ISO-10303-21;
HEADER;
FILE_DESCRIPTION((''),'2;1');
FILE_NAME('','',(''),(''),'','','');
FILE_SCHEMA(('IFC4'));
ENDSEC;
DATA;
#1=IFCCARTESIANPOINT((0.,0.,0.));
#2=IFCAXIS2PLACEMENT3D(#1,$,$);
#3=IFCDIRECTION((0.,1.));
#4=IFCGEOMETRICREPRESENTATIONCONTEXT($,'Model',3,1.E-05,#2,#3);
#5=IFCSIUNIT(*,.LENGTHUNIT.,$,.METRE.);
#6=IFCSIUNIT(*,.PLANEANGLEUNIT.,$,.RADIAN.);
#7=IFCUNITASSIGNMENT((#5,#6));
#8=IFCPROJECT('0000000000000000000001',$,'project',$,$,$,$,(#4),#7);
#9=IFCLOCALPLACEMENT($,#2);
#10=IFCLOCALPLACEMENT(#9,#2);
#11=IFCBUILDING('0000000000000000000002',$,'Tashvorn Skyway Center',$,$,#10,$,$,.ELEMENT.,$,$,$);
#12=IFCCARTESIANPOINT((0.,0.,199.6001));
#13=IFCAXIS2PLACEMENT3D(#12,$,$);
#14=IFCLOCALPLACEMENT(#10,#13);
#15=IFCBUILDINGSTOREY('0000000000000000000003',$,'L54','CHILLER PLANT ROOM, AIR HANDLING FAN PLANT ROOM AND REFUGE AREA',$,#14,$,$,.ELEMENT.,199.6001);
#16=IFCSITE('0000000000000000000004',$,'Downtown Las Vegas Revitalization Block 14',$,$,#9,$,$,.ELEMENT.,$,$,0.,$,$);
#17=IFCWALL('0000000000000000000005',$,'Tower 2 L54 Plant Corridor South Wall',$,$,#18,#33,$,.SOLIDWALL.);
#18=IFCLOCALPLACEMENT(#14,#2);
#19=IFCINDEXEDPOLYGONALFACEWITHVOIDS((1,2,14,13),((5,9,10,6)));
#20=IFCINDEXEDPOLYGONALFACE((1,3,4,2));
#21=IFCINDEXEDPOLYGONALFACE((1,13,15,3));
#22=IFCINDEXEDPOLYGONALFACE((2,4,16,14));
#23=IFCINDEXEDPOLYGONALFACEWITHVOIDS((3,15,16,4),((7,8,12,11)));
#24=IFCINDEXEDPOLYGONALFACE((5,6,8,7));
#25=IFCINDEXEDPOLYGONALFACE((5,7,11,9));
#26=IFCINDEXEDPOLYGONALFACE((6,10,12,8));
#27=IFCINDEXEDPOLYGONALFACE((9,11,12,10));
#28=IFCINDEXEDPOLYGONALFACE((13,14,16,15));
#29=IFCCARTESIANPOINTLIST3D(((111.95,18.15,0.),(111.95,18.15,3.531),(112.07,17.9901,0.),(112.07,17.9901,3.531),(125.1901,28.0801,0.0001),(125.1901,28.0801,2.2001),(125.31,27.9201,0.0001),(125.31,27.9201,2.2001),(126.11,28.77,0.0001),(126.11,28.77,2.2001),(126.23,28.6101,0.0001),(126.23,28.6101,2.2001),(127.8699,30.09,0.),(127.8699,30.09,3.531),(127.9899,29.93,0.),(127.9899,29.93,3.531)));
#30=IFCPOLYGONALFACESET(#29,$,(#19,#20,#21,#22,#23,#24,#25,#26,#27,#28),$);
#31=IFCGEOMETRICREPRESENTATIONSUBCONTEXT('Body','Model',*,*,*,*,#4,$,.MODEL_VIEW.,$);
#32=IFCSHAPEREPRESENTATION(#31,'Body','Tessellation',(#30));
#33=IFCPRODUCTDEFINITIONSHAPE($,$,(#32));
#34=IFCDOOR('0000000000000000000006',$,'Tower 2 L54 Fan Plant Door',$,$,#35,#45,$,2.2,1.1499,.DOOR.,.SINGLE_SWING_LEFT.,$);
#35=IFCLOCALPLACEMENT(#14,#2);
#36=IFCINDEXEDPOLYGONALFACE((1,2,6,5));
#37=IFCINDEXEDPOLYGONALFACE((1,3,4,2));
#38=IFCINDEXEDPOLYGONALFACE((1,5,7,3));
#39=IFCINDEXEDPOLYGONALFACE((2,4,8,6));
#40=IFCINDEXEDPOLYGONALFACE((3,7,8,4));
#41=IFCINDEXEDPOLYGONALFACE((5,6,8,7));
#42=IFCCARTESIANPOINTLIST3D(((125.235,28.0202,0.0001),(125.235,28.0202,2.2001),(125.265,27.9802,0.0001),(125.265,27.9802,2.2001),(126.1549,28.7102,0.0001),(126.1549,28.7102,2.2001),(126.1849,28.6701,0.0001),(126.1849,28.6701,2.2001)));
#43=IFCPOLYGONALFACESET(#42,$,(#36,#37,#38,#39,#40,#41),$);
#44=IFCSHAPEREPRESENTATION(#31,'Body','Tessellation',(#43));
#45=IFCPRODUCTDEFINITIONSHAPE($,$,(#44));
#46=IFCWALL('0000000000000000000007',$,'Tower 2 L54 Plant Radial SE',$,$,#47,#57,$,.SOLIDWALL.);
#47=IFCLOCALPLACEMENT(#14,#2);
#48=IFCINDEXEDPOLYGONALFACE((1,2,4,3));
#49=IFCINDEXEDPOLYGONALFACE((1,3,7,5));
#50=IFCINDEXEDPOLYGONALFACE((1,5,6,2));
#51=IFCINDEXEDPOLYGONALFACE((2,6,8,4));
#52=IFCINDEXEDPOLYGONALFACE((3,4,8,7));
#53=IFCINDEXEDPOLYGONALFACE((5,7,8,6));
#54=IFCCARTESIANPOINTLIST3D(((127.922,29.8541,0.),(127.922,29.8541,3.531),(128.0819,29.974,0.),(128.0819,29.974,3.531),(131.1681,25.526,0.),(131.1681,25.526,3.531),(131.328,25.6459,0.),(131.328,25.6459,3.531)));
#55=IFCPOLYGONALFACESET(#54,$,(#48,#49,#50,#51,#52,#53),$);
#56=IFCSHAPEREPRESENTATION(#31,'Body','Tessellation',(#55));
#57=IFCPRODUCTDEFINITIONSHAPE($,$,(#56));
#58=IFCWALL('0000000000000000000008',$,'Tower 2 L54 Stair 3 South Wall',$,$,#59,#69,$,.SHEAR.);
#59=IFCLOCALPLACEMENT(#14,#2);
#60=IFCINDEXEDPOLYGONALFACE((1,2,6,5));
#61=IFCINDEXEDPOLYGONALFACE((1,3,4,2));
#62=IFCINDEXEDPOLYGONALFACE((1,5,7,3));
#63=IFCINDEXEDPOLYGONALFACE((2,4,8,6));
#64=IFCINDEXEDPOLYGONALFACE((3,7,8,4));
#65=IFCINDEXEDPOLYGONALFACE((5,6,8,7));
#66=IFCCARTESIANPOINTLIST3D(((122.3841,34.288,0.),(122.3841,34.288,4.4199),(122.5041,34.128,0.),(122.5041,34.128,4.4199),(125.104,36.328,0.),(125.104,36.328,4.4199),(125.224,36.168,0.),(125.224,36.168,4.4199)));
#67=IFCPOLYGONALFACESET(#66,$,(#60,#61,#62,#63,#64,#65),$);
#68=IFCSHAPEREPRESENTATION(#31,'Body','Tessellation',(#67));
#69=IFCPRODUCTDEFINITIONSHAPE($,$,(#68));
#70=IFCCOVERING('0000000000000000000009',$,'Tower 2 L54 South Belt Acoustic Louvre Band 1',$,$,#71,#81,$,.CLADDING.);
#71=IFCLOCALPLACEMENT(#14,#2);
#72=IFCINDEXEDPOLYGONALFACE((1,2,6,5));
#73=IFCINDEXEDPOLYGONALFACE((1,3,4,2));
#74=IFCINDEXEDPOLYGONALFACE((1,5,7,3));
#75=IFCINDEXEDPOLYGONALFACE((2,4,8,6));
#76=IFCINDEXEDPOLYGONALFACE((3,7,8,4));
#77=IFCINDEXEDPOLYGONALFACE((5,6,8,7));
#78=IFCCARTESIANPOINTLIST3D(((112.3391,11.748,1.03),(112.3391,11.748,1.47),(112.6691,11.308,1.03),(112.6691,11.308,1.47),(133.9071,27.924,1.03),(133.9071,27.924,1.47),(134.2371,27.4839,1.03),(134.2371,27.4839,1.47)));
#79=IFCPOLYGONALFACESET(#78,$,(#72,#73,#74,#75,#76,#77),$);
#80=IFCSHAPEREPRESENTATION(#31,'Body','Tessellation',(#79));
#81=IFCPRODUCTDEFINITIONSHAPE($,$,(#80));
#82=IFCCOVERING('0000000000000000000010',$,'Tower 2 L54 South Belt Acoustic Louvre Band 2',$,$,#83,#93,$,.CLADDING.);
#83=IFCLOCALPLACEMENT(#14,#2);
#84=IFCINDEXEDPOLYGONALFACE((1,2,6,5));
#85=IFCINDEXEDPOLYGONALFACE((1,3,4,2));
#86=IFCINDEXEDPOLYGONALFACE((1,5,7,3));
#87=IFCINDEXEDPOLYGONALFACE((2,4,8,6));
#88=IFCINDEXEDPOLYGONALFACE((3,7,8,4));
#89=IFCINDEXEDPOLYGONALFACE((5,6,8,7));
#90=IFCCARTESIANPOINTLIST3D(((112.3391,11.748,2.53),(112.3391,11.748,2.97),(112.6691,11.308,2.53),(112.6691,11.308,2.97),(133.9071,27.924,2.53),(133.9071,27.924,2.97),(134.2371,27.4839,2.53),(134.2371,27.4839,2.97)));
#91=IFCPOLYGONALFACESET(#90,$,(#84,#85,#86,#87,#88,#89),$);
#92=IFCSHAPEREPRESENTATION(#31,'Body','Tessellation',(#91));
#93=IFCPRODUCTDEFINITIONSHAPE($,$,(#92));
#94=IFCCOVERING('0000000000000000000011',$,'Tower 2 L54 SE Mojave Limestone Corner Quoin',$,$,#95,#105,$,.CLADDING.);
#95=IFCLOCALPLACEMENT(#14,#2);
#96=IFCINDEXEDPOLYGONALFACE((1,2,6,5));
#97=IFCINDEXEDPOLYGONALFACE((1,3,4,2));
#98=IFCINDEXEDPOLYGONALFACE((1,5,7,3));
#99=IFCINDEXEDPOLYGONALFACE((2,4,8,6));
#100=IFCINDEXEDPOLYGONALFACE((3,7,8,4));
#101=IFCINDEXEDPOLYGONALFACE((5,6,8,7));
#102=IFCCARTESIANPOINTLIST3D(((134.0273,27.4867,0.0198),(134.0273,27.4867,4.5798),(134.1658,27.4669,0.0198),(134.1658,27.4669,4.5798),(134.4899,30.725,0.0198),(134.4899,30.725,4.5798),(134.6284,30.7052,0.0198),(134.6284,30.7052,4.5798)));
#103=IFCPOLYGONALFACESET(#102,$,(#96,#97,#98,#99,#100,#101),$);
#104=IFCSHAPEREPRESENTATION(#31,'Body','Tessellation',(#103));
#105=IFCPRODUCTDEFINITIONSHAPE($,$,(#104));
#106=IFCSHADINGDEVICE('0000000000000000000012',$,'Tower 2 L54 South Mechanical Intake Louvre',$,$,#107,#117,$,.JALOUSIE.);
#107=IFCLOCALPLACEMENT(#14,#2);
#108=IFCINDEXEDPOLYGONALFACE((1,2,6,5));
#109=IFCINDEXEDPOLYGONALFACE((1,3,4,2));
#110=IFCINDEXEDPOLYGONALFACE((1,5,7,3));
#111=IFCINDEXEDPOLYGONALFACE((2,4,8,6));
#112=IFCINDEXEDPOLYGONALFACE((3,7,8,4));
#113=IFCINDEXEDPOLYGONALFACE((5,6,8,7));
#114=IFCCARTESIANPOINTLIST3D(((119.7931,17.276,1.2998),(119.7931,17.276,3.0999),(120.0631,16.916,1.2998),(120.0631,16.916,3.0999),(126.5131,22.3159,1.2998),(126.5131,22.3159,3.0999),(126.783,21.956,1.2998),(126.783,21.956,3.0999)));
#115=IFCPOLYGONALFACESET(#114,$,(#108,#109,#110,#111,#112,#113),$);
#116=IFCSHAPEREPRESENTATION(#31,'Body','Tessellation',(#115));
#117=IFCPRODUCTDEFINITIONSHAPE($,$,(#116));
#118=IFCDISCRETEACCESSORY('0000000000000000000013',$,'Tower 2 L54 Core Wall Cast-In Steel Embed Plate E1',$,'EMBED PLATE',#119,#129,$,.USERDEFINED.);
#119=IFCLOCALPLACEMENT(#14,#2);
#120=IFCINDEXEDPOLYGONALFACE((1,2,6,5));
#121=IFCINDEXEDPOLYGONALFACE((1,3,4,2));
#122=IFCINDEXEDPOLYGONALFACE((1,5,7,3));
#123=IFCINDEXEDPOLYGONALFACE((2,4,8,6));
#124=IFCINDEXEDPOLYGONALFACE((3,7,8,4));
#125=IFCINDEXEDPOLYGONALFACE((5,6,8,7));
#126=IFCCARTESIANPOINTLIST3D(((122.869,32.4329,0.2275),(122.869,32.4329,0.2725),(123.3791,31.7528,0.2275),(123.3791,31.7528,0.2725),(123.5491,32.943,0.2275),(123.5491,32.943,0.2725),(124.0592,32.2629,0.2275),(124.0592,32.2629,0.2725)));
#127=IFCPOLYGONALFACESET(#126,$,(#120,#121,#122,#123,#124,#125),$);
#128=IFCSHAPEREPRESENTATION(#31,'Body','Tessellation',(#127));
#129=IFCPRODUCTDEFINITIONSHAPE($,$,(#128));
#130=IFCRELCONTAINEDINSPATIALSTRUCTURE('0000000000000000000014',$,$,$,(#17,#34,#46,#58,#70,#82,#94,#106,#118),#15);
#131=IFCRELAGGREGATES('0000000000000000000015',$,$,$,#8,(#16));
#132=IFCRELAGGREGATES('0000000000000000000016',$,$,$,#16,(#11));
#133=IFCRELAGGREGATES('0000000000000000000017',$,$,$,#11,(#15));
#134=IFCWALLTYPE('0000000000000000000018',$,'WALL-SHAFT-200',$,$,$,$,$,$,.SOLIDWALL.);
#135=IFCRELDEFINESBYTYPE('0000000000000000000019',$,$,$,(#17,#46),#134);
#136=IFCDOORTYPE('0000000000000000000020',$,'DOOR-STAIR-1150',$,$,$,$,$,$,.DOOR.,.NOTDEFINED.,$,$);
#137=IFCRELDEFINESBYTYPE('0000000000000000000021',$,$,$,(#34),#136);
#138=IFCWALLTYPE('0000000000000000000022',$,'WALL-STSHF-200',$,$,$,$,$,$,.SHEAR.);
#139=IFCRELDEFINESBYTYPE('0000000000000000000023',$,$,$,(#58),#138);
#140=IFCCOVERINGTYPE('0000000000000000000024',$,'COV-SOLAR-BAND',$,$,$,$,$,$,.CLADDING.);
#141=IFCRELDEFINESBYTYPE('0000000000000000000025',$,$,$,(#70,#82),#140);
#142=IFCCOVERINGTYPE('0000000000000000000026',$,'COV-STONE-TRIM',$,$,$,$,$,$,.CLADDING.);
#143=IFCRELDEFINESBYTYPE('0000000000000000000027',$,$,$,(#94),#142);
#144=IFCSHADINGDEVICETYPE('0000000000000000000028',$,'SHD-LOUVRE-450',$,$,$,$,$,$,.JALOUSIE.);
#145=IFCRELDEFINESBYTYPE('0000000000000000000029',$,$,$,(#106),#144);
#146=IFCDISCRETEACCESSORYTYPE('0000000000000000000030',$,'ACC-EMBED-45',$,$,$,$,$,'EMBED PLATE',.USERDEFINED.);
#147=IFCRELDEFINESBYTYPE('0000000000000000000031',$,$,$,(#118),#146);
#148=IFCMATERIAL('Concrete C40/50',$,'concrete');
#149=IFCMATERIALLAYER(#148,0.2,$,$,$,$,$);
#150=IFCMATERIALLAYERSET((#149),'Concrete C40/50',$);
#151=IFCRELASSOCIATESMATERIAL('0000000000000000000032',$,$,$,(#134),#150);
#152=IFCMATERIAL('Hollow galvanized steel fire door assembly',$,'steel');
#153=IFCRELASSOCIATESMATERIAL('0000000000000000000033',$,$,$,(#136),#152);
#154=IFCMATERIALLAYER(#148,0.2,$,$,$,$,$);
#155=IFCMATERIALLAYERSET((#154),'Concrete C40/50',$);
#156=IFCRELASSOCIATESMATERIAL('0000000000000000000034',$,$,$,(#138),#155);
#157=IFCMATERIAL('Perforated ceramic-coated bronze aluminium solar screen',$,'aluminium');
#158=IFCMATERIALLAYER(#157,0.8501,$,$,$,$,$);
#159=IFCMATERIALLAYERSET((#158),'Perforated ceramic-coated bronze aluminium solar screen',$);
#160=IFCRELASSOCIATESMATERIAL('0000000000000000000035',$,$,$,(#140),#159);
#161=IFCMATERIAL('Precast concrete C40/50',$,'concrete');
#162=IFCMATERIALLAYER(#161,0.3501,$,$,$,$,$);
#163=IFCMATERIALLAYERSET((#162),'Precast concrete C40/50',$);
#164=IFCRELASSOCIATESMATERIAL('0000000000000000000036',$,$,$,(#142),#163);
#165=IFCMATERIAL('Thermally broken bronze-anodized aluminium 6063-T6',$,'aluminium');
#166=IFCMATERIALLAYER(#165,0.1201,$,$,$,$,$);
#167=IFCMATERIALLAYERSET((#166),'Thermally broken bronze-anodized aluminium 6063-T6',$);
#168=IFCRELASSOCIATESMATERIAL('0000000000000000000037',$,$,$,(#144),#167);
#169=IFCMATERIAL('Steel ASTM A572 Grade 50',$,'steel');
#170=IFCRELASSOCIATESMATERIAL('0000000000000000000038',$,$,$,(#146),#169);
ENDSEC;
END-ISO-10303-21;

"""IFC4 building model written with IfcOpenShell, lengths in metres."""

from ifc_helpers import new_model, si_unit, direction, frame, frame_2d, origin, origin_2d, place, context, subcontext, project, spatial, rectangle, extrude, material, layer, layer_set, type_object, element, fill, save


model = new_model("IFC4")

# Units and contexts
model_context = context("Model", 3, precision=1e-05, world=origin(), true_north=direction((0.0, 1.0)))
body_context = subcontext(model_context, "Body", "Model", "MODEL_VIEW")
ifc_project = project(units=[si_unit("LENGTHUNIT", "METRE"), si_unit("PLANEANGLEUNIT", "RADIAN")], contexts=[model_context])

# Site, building, storey
site_placement = place(None, origin())
site = spatial("IfcSite", under=ifc_project, at=site_placement, Name="Downtown Las Vegas Revitalization Block 14", CompositionType="ELEMENT", RefElevation=0.0)
building_placement = place(site_placement, origin())
building = spatial("IfcBuilding", under=site, at=building_placement, Name="Tashvorn Skyway Center", CompositionType="ELEMENT")
storey_placement = place(building_placement, frame((0.0, 0.0, 199.6001)))
storey = spatial("IfcBuildingStorey", under=building, at=storey_placement, Name="L54", Description="CHILLER PLANT ROOM, AIR HANDLING FAN PLANT ROOM AND REFUGE AREA", CompositionType="ELEMENT", Elevation=199.6001)

# Shared definitions
ifc_material_1 = material(Name="Steel ASTM A572 Grade 50", Category="steel")

# Shared definitions
ifc_material_2 = material(Name="Hollow galvanized steel fire door assembly", Category="steel")

# Shared definitions
ifc_material_3 = material(Name="Precast concrete C40/50", Category="concrete")

# Wall, opening, door
ifc_material_4 = material(Name="Concrete C40/50", Category="concrete")
ifc_layer_1 = layer(ifc_material_4, 0.2)
ifc_layer_set_1 = layer_set([ifc_layer_1], Name="Concrete C40/50")
wall_type_1 = type_object("IfcWallType", Name="WALL-SHAFT-200", PredefinedType="SOLIDWALL", material=ifc_layer_set_1)
wall_1_placement = place(storey_placement, frame((127.9299, 30.01, 0.0), z_axis=(0.0, 0.0, 1.0), x_axis=(-0.8, -0.6, 0.0)))
wall_1 = element("IfcWall", 1, at=wall_1_placement, inside=storey, type_object=wall_type_1, Name="Tower 2 L54 Plant Corridor South Wall", PredefinedType="SOLIDWALL", context=body_context, shape_type="SweptSolid", body=[
    extrude(rectangle(XDim=19.8999, YDim=0.2, at=frame_2d((9.95, 0.0))), origin(), (0.0, 0.0, 1.0), 3.531),
])
opening_1_placement = place(wall_1_placement, frame((2.2, 0.0, 0.0)))
opening_1 = element("IfcOpeningElement", 2, at=opening_1_placement, cuts=wall_1, PredefinedType="OPENING", context=body_context, shape_type="SweptSolid", body=[
    extrude(rectangle(XDim=1.1499, YDim=2.2, at=frame_2d((0.575, 1.1001))), frame((0.0, 0.1099, 0.0), z_axis=(0.0, -1.0, 0.0), x_axis=(1.0, 0.0, 0.0)), (0.0, 0.0, 1.0), 0.22),
])
door_type_1 = type_object("IfcDoorType", Name="DOOR-STAIR-1150", OperationType="NOTDEFINED", PredefinedType="DOOR", material=ifc_material_2)
door_1_placement = place(opening_1_placement, origin())
door_1 = element("IfcDoor", 3, at=door_1_placement, inside=storey, type_object=door_type_1, Name="Tower 2 L54 Fan Plant Door", OperationType="SINGLE_SWING_LEFT", OverallHeight=2.2, OverallWidth=1.1499, PredefinedType="DOOR", context=body_context, shape_type="SweptSolid", body=[
    extrude(rectangle(XDim=1.1499, YDim=2.2, at=frame_2d((0.575, 1.1001))), frame((0.0, 0.0249, 0.0), z_axis=(0.0, -1.0, 0.0), x_axis=(1.0, 0.0, 0.0)), (0.0, 0.0, 1.0), 0.05),
])
fill(opening_1, door_1)

# Walls
wall_2_placement = place(storey_placement, frame((128.002, 29.9141, 0.0), z_axis=(0.0, 0.0, 1.0), x_axis=(0.6, -0.8, 0.0)))
element("IfcWall", 4, at=wall_2_placement, inside=storey, type_object=wall_type_1, Name="Tower 2 L54 Plant Radial SE", PredefinedType="SOLIDWALL", context=body_context, shape_type="SweptSolid", body=[
    extrude(rectangle(XDim=5.4102, YDim=0.2, at=frame_2d((2.7051, 0.0))), origin(), (0.0, 0.0, 1.0), 3.531),
])
ifc_layer_2 = layer(ifc_material_4, 0.2)
ifc_layer_set_2 = layer_set([ifc_layer_2], Name="Concrete C40/50")
wall_type_2 = type_object("IfcWallType", Name="WALL-STSHF-200", PredefinedType="SHEAR", material=ifc_layer_set_2)
wall_3_placement = place(storey_placement, frame((122.4441, 34.208, 0.0), z_axis=(0.0, 0.0, 1.0), x_axis=(0.799991, 0.600011, 0.0)))
element("IfcWall", 5, at=wall_3_placement, inside=storey, type_object=wall_type_2, Name="Tower 2 L54 Stair 3 South Wall", PredefinedType="SHEAR", context=body_context, shape_type="SweptSolid", body=[
    extrude(rectangle(XDim=3.3999, YDim=0.2, at=frame_2d((1.7, 0.0))), origin(), (0.0, 0.0, 1.0), 4.4199),
])

# Coverings
ifc_material_5 = material(Name="Perforated ceramic-coated bronze aluminium solar screen", Category="aluminium")
ifc_layer_3 = layer(ifc_material_5, 0.8501)
ifc_layer_set_3 = layer_set([ifc_layer_3], Name="Perforated ceramic-coated bronze aluminium solar screen")
covering_type_1 = type_object("IfcCoveringType", Name="COV-SOLAR-BAND", PredefinedType="CLADDING", material=ifc_layer_set_3)
for number, where, z_axis, x_axis, name in (
    (6, (123.2881, 19.616, 1.03), (0.0, 0.0, 1.0), (-0.8, -0.6, 0.0), "Tower 2 L54 South Belt Acoustic Louvre Band 1"),
    (7, (123.2881, 19.616, 2.53), (0.0, 0.0, 1.0), (-0.8, -0.6, 0.0), "Tower 2 L54 South Belt Acoustic Louvre Band 2"),
):
    element("IfcCovering", number, at=place(storey_placement, frame(where, z_axis=z_axis, x_axis=x_axis)), inside=storey, type_object=covering_type_1, Name=name, PredefinedType="CLADDING", context=body_context, shape_type="SweptSolid", body=[
        extrude(rectangle(XDim=26.96, YDim=0.55, at=origin_2d()), origin(), (0.0, 0.0, 1.0), 0.4399),
    ])
ifc_layer_4 = layer(ifc_material_3, 0.3501)
ifc_layer_set_4 = layer_set([ifc_layer_4], Name="Precast concrete C40/50")
covering_type_2 = type_object("IfcCoveringType", Name="COV-STONE-TRIM", PredefinedType="CLADDING", material=ifc_layer_set_4)
covering_placement = place(storey_placement, frame((134.3279, 29.0959, 0.0198), z_axis=(0.0, 0.0, 1.0), x_axis=(0.141421, 0.989949, 0.0)))
element("IfcCovering", 8, at=covering_placement, inside=storey, type_object=covering_type_2, Name="Tower 2 L54 SE Mojave Limestone Corner Quoin", PredefinedType="CLADDING", context=body_context, shape_type="SweptSolid", body=[
    extrude(rectangle(XDim=3.2712, YDim=0.1399, at=origin_2d()), origin(), (0.0, 0.0, 1.0), 4.5601),
])

# Shading device
ifc_material_6 = material(Name="Thermally broken bronze-anodized aluminium 6063-T6", Category="aluminium")
ifc_layer_5 = layer(ifc_material_6, 0.1201)
ifc_layer_set_5 = layer_set([ifc_layer_5], Name="Thermally broken bronze-anodized aluminium 6063-T6")
shading_device_type = type_object("IfcShadingDeviceType", Name="SHD-LOUVRE-450", PredefinedType="JALOUSIE", material=ifc_layer_set_5)
shading_device_placement = place(storey_placement, frame((123.2881, 19.616, 1.2998), z_axis=(0.0, 0.0, 1.0), x_axis=(-0.8, -0.6, 0.0)))
element("IfcShadingDevice", 9, at=shading_device_placement, inside=storey, type_object=shading_device_type, Name="Tower 2 L54 South Mechanical Intake Louvre", PredefinedType="JALOUSIE", context=body_context, shape_type="SweptSolid", body=[
    extrude(rectangle(XDim=8.3999, YDim=0.45, at=origin_2d()), origin(), (0.0, 0.0, 1.0), 1.8),
])

# Discrete accessory
discrete_accessory_type = type_object("IfcDiscreteAccessoryType", Name="ACC-EMBED-45", ElementType="EMBED PLATE", PredefinedType="USERDEFINED", material=ifc_material_1)
discrete_accessory_placement = place(storey_placement, frame((123.4641, 32.3479, 0.2275), z_axis=(0.0, 0.0, 1.0), x_axis=(0.8, 0.6, 0.0)))
element("IfcDiscreteAccessory", 10, at=discrete_accessory_placement, inside=storey, type_object=discrete_accessory_type, Name="Tower 2 L54 Core Wall Cast-In Steel Embed Plate E1", ObjectType="EMBED PLATE", PredefinedType="USERDEFINED", context=body_context, shape_type="SweptSolid", body=[
    extrude(rectangle(XDim=0.8501, YDim=0.8501, at=origin_2d()), origin(), (0.0, 0.0, 1.0), 0.0449),
])

save(model, "model.ifc")
